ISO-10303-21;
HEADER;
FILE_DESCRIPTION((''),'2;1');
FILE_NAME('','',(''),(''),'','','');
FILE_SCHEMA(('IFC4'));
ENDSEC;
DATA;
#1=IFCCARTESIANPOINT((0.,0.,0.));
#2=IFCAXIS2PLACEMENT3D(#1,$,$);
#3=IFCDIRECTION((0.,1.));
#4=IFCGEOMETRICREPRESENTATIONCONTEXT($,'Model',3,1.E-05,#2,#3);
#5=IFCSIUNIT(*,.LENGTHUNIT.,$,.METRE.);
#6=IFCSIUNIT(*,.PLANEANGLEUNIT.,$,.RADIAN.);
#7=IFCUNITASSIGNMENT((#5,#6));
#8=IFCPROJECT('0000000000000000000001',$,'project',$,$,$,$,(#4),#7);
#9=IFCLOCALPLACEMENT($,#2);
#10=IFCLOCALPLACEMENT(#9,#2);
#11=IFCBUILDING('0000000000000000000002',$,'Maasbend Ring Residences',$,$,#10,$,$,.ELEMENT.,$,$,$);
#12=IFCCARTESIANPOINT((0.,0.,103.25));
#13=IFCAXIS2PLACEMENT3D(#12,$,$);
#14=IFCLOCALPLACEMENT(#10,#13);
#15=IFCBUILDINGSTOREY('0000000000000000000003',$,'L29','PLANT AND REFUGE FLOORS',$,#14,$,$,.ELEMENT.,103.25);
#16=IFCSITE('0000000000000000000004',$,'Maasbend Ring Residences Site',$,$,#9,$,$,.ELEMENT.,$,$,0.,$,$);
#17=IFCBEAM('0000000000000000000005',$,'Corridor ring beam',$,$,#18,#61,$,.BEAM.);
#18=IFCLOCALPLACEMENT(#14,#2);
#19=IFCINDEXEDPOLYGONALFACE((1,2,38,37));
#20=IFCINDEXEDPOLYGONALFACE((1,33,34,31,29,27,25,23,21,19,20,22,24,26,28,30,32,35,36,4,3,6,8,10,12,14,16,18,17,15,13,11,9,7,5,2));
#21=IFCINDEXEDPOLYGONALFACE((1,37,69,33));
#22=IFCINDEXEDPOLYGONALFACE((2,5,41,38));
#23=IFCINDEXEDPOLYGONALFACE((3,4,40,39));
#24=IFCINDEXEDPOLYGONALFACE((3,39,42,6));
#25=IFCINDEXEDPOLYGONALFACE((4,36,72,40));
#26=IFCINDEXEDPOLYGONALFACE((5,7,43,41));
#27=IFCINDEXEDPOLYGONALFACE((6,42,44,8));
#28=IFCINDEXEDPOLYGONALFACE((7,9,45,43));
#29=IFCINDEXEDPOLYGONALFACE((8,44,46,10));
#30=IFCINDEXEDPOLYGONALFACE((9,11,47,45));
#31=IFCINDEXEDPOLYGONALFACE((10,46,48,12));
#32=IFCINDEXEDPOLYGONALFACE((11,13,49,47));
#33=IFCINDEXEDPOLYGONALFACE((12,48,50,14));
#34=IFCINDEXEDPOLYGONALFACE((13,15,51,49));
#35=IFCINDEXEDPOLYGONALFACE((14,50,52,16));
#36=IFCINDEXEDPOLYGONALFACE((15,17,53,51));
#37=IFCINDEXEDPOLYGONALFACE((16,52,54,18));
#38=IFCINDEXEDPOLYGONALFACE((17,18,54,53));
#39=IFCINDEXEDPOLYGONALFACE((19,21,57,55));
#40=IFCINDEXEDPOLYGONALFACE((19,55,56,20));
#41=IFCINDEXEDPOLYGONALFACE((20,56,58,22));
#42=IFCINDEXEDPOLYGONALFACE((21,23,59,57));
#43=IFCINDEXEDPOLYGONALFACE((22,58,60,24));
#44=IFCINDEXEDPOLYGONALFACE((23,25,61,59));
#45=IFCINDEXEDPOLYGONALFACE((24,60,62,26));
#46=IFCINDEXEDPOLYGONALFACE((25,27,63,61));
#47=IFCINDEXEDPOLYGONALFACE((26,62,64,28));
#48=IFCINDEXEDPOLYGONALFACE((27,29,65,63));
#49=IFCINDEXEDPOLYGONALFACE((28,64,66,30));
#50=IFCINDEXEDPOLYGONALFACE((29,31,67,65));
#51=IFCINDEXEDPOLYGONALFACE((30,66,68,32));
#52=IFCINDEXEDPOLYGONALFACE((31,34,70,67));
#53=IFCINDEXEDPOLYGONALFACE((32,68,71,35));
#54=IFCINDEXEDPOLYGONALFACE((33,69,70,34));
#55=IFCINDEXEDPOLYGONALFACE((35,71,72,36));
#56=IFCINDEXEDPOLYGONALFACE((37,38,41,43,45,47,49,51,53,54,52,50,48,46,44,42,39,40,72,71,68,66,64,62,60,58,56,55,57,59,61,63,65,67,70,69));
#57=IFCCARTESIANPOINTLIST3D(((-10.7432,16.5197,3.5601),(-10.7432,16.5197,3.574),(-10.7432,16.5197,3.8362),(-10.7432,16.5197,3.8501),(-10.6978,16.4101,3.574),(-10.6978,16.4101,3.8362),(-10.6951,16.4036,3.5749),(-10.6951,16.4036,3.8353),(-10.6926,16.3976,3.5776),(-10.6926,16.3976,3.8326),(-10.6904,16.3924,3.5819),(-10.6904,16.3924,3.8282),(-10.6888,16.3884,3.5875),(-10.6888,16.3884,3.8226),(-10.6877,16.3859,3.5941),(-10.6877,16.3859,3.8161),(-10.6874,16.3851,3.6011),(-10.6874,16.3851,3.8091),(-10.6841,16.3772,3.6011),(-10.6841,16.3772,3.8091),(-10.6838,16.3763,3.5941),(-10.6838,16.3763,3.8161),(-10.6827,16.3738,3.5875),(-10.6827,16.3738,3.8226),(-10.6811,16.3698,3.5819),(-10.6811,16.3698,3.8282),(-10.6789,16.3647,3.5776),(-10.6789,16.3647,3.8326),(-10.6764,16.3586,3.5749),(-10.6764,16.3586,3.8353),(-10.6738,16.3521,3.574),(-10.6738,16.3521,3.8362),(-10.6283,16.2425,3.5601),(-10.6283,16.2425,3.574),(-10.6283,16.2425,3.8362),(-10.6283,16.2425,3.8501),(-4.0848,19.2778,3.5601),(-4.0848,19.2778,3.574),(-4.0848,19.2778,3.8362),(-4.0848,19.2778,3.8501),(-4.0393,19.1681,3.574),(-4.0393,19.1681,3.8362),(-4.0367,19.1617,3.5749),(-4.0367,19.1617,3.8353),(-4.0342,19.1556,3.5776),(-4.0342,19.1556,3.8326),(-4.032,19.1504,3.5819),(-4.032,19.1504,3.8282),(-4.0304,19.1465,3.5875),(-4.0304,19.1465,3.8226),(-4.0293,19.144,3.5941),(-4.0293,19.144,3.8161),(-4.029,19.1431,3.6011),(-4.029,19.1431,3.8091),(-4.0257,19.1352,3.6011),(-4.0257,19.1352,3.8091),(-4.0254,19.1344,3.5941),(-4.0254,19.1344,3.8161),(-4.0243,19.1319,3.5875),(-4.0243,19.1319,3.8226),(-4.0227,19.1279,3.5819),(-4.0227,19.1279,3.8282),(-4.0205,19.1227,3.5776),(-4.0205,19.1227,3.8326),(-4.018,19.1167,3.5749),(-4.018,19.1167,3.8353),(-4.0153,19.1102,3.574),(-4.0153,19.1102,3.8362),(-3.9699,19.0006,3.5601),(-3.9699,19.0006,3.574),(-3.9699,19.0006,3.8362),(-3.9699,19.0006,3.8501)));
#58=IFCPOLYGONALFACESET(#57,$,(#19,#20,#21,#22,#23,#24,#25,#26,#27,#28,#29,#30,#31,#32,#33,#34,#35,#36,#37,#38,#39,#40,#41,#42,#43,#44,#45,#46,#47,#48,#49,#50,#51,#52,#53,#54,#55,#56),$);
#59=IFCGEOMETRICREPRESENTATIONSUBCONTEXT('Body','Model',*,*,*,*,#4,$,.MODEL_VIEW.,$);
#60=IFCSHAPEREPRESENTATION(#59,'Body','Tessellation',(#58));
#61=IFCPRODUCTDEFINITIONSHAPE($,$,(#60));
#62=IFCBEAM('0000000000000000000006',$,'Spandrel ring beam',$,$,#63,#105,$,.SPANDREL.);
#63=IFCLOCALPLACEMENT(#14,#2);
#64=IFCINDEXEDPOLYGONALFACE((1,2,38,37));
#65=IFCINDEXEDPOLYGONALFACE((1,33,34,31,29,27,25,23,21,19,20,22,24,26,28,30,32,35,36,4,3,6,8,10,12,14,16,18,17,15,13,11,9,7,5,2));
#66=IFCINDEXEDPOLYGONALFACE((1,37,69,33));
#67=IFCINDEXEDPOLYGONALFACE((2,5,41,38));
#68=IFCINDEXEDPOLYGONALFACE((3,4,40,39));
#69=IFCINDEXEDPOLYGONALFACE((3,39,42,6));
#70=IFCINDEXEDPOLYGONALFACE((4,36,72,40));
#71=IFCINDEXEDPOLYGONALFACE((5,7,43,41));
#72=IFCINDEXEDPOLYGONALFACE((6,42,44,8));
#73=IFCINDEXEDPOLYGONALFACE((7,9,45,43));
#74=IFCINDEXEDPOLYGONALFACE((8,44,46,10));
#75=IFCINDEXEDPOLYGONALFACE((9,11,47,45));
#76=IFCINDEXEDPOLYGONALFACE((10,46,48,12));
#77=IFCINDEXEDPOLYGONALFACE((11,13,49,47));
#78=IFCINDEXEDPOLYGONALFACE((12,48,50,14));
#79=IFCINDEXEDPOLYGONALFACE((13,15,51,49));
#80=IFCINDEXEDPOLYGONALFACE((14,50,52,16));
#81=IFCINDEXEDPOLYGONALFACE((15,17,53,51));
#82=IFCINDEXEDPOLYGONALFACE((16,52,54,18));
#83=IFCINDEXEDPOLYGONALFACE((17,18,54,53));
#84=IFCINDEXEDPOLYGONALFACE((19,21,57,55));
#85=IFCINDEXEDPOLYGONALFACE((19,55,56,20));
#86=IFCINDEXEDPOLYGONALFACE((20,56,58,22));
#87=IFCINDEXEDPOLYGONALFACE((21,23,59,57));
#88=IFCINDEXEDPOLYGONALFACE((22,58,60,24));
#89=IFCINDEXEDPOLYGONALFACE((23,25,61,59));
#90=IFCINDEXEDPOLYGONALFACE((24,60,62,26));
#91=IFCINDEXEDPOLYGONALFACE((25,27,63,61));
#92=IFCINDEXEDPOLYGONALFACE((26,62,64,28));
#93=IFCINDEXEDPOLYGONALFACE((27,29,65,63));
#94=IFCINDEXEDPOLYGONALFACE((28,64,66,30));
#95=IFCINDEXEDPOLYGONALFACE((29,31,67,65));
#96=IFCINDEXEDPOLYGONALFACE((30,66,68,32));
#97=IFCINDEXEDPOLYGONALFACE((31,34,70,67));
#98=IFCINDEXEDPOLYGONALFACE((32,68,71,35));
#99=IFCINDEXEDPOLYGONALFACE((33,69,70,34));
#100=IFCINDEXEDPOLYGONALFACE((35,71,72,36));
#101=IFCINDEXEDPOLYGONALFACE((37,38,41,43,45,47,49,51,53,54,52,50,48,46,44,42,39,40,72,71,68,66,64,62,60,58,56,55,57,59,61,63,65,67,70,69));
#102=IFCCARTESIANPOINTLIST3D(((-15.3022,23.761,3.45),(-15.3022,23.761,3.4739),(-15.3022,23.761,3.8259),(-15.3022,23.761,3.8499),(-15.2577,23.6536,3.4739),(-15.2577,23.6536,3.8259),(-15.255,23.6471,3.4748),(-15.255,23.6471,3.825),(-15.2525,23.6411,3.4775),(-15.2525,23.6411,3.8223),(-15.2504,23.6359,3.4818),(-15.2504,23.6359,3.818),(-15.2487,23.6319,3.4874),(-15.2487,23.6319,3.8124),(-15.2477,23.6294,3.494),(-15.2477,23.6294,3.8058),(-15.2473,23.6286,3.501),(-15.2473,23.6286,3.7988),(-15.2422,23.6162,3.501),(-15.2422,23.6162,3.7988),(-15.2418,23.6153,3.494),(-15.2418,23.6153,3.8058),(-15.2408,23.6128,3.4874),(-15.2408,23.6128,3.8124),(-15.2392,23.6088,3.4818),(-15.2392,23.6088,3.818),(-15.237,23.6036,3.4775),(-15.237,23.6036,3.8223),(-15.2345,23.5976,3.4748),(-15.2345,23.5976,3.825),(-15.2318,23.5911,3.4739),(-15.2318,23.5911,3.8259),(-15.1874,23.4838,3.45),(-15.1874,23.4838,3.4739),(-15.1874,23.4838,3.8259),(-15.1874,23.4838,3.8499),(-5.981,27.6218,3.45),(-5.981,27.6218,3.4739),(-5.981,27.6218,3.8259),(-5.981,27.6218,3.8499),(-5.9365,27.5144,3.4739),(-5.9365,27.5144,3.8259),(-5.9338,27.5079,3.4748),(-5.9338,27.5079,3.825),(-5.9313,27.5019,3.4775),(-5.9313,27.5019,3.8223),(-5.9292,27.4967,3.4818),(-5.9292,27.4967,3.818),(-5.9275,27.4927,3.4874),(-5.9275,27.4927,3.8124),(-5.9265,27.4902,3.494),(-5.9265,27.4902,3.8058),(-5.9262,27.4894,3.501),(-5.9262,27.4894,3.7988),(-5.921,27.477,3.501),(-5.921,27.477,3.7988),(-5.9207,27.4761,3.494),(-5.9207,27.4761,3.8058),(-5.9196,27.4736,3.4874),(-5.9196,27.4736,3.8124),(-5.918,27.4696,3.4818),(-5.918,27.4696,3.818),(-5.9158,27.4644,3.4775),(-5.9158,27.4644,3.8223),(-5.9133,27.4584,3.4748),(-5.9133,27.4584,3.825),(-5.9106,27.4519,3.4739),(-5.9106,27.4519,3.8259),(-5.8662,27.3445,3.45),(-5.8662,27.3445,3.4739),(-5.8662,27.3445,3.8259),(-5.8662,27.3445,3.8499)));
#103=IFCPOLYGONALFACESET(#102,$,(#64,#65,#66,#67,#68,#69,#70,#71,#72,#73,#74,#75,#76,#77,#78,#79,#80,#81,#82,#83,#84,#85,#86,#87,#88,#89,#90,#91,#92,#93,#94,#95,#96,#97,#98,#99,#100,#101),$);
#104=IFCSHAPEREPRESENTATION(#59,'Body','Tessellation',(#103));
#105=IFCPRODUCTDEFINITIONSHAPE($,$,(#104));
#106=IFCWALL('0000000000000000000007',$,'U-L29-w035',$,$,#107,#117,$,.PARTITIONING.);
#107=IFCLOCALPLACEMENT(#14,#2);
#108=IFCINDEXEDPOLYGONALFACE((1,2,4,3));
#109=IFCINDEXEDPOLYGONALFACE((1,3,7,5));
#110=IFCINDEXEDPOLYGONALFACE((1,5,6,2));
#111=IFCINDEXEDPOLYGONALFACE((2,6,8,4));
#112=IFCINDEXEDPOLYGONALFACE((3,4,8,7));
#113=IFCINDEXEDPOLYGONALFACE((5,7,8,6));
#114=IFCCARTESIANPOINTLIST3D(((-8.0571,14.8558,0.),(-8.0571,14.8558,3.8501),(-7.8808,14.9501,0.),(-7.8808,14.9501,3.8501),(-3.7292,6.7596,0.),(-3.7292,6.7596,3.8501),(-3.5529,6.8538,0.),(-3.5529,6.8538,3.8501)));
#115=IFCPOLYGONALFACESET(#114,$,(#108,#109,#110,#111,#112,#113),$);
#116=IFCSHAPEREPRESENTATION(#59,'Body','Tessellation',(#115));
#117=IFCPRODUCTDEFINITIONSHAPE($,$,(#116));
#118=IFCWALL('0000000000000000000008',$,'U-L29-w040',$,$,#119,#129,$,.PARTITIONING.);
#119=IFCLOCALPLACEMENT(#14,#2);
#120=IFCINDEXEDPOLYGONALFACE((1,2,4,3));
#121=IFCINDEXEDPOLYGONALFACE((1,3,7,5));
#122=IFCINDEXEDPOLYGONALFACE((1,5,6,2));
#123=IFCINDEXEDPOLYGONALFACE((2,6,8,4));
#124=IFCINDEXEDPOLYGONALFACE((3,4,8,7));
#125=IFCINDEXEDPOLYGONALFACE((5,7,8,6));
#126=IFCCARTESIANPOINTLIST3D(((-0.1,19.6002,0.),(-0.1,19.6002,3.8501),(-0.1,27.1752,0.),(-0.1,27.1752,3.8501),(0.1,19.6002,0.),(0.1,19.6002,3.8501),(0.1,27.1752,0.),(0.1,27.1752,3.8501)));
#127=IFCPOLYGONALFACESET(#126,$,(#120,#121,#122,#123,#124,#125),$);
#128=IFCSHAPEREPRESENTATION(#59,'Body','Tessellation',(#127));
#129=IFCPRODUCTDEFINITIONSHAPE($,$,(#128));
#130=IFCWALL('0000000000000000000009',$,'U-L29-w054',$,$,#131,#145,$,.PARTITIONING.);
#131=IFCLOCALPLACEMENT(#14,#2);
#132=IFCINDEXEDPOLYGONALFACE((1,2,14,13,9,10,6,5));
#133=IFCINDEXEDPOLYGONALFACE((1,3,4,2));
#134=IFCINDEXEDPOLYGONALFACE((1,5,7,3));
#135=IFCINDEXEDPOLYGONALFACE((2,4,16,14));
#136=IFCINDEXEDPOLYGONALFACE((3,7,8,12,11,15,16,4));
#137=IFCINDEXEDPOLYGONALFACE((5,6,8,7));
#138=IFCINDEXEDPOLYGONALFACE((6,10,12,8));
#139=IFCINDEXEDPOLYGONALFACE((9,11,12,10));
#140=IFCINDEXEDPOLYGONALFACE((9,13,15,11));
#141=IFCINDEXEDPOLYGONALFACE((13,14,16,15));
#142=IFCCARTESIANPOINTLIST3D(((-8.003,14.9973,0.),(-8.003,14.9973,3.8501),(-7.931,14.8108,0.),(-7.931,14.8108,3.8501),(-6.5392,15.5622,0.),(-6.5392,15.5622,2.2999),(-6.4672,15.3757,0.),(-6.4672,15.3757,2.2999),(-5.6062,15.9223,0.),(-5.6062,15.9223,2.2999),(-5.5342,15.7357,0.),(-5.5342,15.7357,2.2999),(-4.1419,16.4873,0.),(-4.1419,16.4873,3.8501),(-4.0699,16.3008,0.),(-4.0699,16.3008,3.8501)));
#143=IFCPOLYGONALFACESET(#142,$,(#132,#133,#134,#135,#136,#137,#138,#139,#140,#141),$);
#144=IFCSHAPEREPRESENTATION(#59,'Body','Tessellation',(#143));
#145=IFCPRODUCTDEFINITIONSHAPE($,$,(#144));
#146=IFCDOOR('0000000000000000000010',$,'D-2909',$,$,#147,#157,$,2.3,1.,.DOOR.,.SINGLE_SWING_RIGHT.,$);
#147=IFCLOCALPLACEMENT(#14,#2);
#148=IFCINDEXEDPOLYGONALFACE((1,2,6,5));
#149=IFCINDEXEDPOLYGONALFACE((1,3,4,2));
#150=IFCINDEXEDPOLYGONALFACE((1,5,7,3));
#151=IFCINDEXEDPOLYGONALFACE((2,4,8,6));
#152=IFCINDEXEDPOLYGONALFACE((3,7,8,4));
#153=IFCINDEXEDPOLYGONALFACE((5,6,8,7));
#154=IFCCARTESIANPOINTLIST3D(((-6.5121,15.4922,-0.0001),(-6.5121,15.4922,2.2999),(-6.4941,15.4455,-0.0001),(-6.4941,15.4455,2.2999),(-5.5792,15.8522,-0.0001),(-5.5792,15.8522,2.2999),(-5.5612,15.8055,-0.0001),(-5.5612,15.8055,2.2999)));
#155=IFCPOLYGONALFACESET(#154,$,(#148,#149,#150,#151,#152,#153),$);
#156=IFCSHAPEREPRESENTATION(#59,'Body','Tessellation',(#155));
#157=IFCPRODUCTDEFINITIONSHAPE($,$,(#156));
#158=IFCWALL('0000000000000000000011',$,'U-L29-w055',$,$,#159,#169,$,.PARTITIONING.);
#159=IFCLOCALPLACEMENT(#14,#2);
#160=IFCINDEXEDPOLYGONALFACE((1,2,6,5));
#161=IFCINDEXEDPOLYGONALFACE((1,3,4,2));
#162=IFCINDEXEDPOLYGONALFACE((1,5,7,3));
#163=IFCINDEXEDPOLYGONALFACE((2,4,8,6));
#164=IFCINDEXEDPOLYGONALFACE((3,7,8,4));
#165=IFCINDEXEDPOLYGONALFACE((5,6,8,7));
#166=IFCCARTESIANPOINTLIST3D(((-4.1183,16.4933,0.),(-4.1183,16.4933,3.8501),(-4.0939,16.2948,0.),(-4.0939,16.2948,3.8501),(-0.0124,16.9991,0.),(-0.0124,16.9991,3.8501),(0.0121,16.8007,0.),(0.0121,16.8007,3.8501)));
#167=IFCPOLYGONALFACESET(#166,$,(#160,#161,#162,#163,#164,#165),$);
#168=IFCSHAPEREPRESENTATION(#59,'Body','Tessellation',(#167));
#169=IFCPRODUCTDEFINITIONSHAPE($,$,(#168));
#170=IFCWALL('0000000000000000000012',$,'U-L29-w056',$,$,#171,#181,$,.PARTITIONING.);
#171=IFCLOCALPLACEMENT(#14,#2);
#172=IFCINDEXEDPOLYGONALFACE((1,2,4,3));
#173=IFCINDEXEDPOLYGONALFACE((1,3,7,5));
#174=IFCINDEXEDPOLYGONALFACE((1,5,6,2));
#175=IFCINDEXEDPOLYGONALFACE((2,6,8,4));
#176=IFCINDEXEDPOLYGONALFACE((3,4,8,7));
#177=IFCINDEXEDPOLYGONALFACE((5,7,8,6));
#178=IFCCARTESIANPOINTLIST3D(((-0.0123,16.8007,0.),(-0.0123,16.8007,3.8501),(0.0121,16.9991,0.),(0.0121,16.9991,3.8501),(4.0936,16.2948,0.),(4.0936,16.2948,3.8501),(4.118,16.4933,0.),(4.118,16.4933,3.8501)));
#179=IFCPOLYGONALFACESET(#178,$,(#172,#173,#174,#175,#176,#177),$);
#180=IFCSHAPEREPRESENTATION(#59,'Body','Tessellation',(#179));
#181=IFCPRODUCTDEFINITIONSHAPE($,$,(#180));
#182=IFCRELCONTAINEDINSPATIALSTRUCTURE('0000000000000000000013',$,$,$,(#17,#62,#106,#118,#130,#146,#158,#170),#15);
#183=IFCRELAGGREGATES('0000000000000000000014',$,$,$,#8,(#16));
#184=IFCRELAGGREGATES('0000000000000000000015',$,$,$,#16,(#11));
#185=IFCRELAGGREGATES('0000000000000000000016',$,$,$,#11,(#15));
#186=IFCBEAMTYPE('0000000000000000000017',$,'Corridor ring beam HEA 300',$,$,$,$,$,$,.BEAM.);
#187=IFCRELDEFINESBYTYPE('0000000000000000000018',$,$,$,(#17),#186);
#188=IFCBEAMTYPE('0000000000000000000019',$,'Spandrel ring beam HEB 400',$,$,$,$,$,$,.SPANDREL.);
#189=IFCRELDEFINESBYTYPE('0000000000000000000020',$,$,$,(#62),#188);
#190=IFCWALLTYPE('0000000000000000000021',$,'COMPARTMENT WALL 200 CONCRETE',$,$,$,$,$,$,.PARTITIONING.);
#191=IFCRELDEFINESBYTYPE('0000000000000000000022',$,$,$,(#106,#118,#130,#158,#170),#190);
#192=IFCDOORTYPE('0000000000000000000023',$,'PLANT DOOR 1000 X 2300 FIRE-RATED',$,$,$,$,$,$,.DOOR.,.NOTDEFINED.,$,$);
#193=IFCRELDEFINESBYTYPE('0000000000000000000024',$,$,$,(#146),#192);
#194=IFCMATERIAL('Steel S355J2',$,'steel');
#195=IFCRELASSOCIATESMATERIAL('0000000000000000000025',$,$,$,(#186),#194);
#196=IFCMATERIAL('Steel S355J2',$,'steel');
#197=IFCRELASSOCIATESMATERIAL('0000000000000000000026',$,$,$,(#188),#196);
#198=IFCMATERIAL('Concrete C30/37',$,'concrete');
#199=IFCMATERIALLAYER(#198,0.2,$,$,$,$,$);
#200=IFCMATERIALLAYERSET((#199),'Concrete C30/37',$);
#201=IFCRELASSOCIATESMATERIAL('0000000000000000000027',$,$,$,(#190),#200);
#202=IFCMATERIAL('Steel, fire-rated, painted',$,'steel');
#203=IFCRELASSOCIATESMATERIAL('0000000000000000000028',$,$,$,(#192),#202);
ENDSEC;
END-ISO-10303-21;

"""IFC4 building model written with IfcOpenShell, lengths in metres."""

from ifc_helpers import new_model, si_unit, direction, frame, frame_2d, origin, origin_2d, place, context, subcontext, project, spatial, rectangle, i_section, extrude, material, layer, layer_set, material_profile, profile_set, type_object, element, fill, save


model = new_model("IFC4")

# Units and contexts
model_context = context("Model", 3, precision=1e-05, world=origin(), true_north=direction((0.0, 1.0)))
body_context = subcontext(model_context, "Body", "Model", "MODEL_VIEW")
ifc_project = project(units=[si_unit("LENGTHUNIT", "METRE"), si_unit("PLANEANGLEUNIT", "RADIAN")], contexts=[model_context])

# Site, building, storey
site_placement = place(None, origin())
site = spatial("IfcSite", under=ifc_project, at=site_placement, Name="Maasbend Ring Residences Site", CompositionType="ELEMENT", RefElevation=0.0)
building_placement = place(site_placement, origin())
building = spatial("IfcBuilding", under=site, at=building_placement, Name="Maasbend Ring Residences", CompositionType="ELEMENT")
storey_placement = place(building_placement, frame((0.0, 0.0, 103.25)))
storey = spatial("IfcBuildingStorey", under=building, at=storey_placement, Name="L29", Description="PLANT AND REFUGE FLOORS", CompositionType="ELEMENT", Elevation=103.25)

# Beams
ifc_material_1 = material(Name="Steel S355J2", Category="steel")
ifc_material_profile_1 = material_profile(ifc_material_1, i_section(OverallWidth=0.3, OverallDepth=0.29, WebThickness=0.0085, FlangeThickness=0.0139, FilletRadius=0.0271, at=origin_2d()), Name="HEA 300")
ifc_profile_set_1 = profile_set([ifc_material_profile_1], Name="Steel S355J2")
beam_type_1 = type_object("IfcBeamType", Name="Corridor ring beam HEA 300", PredefinedType="BEAM", material=ifc_profile_set_1)
beam_1_placement = place(storey_placement, frame((-4.0273, 19.1392, 3.7051), z_axis=(-0.923878, -0.382688, 0.0), x_axis=(0.382688, -0.923878, 0.0)))
element("IfcBeam", 1, at=beam_1_placement, inside=storey, type_object=beam_type_1, Name="Corridor ring beam", PredefinedType="BEAM", context=body_context, shape_type="SweptSolid", body=[
    extrude(i_section(OverallWidth=0.3, OverallDepth=0.29, WebThickness=0.0085, FlangeThickness=0.0139, FilletRadius=0.0271, at=origin_2d()), origin(), (0.0, 0.0, 1.0), 7.207),
])
ifc_material_2 = material(Name="Steel S355J2", Category="steel")
ifc_material_profile_2 = material_profile(ifc_material_2, i_section(OverallWidth=0.3, OverallDepth=0.3999, WebThickness=0.0134, FlangeThickness=0.0239, FilletRadius=0.0271, at=origin_2d()), Name="HEB 400")
ifc_profile_set_2 = profile_set([ifc_material_profile_2], Name="Steel S355J2")
beam_type_2 = type_object("IfcBeamType", Name="Spandrel ring beam HEB 400", PredefinedType="SPANDREL", material=ifc_profile_set_2)
beam_2_placement = place(storey_placement, frame((-5.9236, 27.4832, 3.6499), z_axis=(-0.923885, -0.38267, 0.0), x_axis=(0.38267, -0.923885, 0.0)))
element("IfcBeam", 2, at=beam_2_placement, inside=storey, type_object=beam_type_2, Name="Spandrel ring beam", PredefinedType="SPANDREL", context=body_context, shape_type="SweptSolid", body=[
    extrude(i_section(OverallWidth=0.3, OverallDepth=0.3999, WebThickness=0.0134, FlangeThickness=0.0239, FilletRadius=0.0271, at=origin_2d()), origin(), (0.0, 0.0, 1.0), 10.0891),
])

# Walls
ifc_material_3 = material(Name="Concrete C30/37", Category="concrete")
ifc_layer_1 = layer(ifc_material_3, 0.2)
ifc_layer_set_1 = layer_set([ifc_layer_1], Name="Concrete C30/37")
wall_type_1 = type_object("IfcWallType", Name="COMPARTMENT WALL 200 CONCRETE", PredefinedType="PARTITIONING", material=ifc_layer_set_1)
wall_1_placement = place(storey_placement, frame((-7.969, 14.9031, 0.0), z_axis=(0.0, 0.0, 1.0), x_axis=(0.471429, -0.881904, 0.0)))
element("IfcWall", 3, at=wall_1_placement, inside=storey, type_object=wall_type_1, Name="U-L29-w035", PredefinedType="PARTITIONING", context=body_context, shape_type="SweptSolid", body=[
    extrude(rectangle(XDim=9.1804, YDim=0.2, at=frame_2d((4.5903, 0.0))), origin(), (0.0, 0.0, 1.0), 3.8501),
])
wall_2_placement = place(storey_placement, frame((0.0, 19.6001, 0.0), z_axis=(0.0, 0.0, 1.0), x_axis=(0.0, 1.0, 0.0)))
element("IfcWall", 4, at=wall_2_placement, inside=storey, type_object=wall_type_1, Name="U-L29-w040", PredefinedType="PARTITIONING", context=body_context, shape_type="SweptSolid", body=[
    extrude(rectangle(XDim=7.575, YDim=0.2, at=frame_2d((3.7876, 0.0))), origin(), (0.0, 0.0, 1.0), 3.8501),
])

# Wall, opening, door
wall_3_placement = place(storey_placement, frame((-7.967, 14.9041, 0.0), z_axis=(0.0, 0.0, 1.0), x_axis=(0.932944, 0.360022, 0.0)))
wall_3 = element("IfcWall", 5, at=wall_3_placement, inside=storey, type_object=wall_type_1, Name="U-L29-w054", PredefinedType="PARTITIONING", context=body_context, shape_type="SweptSolid", body=[
    extrude(rectangle(XDim=4.1387, YDim=0.2, at=frame_2d((2.0693, 0.0))), origin(), (0.0, 0.0, 1.0), 3.8501),
])
opening_1_placement = place(wall_3_placement, frame((1.5691, 0.0, 0.0)))
opening_1 = element("IfcOpeningElement", 6, at=opening_1_placement, cuts=wall_3, PredefinedType="OPENING", context=body_context, shape_type="SweptSolid", body=[
    extrude(rectangle(XDim=1.0, YDim=2.3, at=frame_2d((0.5, 1.1499))), frame((0.0, 0.1099, 0.0), z_axis=(0.0, -1.0, 0.0), x_axis=(1.0, 0.0, 0.0)), (0.0, 0.0, 1.0), 0.22),
])
ifc_material_4 = material(Name="Steel, fire-rated, painted", Category="steel")
door_type_1 = type_object("IfcDoorType", Name="PLANT DOOR 1000 X 2300 FIRE-RATED", OperationType="NOTDEFINED", PredefinedType="DOOR", material=ifc_material_4)
door_1_placement = place(opening_1_placement, origin())
door_1 = element("IfcDoor", 7, at=door_1_placement, inside=storey, type_object=door_type_1, Name="D-2909", OperationType="SINGLE_SWING_RIGHT", OverallHeight=2.3, OverallWidth=1.0, PredefinedType="DOOR", context=body_context, shape_type="SweptSolid", body=[
    extrude(rectangle(XDim=1.0, YDim=2.3, at=frame_2d((0.5, 1.1499))), frame((0.0, 0.0249, 0.0), z_axis=(0.0, -1.0, 0.0), x_axis=(1.0, 0.0, 0.0)), (0.0, 0.0, 1.0), 0.05),
])
fill(opening_1, door_1)

# Walls
for number, where, z_axis, x_axis, name in (
    (8, (-4.106, 16.394, 0.0), (0.0, 0.0, 1.0), (0.992496, 0.122277, 0.0), "U-L29-w055"),
    (9, (0.0, 16.8999, 0.0), (0.0, 0.0, 1.0), (0.992496, -0.122277, 0.0), "U-L29-w056"),
):
    element("IfcWall", number, at=place(storey_placement, frame(where, z_axis=z_axis, x_axis=x_axis)), inside=storey, type_object=wall_type_1, Name=name, PredefinedType="PARTITIONING", context=body_context, shape_type="SweptSolid", body=[
        extrude(rectangle(XDim=4.137, YDim=0.2, at=frame_2d((2.0684, 0.0))), origin(), (0.0, 0.0, 1.0), 3.8501),
    ])

save(model, "model.ifc")
